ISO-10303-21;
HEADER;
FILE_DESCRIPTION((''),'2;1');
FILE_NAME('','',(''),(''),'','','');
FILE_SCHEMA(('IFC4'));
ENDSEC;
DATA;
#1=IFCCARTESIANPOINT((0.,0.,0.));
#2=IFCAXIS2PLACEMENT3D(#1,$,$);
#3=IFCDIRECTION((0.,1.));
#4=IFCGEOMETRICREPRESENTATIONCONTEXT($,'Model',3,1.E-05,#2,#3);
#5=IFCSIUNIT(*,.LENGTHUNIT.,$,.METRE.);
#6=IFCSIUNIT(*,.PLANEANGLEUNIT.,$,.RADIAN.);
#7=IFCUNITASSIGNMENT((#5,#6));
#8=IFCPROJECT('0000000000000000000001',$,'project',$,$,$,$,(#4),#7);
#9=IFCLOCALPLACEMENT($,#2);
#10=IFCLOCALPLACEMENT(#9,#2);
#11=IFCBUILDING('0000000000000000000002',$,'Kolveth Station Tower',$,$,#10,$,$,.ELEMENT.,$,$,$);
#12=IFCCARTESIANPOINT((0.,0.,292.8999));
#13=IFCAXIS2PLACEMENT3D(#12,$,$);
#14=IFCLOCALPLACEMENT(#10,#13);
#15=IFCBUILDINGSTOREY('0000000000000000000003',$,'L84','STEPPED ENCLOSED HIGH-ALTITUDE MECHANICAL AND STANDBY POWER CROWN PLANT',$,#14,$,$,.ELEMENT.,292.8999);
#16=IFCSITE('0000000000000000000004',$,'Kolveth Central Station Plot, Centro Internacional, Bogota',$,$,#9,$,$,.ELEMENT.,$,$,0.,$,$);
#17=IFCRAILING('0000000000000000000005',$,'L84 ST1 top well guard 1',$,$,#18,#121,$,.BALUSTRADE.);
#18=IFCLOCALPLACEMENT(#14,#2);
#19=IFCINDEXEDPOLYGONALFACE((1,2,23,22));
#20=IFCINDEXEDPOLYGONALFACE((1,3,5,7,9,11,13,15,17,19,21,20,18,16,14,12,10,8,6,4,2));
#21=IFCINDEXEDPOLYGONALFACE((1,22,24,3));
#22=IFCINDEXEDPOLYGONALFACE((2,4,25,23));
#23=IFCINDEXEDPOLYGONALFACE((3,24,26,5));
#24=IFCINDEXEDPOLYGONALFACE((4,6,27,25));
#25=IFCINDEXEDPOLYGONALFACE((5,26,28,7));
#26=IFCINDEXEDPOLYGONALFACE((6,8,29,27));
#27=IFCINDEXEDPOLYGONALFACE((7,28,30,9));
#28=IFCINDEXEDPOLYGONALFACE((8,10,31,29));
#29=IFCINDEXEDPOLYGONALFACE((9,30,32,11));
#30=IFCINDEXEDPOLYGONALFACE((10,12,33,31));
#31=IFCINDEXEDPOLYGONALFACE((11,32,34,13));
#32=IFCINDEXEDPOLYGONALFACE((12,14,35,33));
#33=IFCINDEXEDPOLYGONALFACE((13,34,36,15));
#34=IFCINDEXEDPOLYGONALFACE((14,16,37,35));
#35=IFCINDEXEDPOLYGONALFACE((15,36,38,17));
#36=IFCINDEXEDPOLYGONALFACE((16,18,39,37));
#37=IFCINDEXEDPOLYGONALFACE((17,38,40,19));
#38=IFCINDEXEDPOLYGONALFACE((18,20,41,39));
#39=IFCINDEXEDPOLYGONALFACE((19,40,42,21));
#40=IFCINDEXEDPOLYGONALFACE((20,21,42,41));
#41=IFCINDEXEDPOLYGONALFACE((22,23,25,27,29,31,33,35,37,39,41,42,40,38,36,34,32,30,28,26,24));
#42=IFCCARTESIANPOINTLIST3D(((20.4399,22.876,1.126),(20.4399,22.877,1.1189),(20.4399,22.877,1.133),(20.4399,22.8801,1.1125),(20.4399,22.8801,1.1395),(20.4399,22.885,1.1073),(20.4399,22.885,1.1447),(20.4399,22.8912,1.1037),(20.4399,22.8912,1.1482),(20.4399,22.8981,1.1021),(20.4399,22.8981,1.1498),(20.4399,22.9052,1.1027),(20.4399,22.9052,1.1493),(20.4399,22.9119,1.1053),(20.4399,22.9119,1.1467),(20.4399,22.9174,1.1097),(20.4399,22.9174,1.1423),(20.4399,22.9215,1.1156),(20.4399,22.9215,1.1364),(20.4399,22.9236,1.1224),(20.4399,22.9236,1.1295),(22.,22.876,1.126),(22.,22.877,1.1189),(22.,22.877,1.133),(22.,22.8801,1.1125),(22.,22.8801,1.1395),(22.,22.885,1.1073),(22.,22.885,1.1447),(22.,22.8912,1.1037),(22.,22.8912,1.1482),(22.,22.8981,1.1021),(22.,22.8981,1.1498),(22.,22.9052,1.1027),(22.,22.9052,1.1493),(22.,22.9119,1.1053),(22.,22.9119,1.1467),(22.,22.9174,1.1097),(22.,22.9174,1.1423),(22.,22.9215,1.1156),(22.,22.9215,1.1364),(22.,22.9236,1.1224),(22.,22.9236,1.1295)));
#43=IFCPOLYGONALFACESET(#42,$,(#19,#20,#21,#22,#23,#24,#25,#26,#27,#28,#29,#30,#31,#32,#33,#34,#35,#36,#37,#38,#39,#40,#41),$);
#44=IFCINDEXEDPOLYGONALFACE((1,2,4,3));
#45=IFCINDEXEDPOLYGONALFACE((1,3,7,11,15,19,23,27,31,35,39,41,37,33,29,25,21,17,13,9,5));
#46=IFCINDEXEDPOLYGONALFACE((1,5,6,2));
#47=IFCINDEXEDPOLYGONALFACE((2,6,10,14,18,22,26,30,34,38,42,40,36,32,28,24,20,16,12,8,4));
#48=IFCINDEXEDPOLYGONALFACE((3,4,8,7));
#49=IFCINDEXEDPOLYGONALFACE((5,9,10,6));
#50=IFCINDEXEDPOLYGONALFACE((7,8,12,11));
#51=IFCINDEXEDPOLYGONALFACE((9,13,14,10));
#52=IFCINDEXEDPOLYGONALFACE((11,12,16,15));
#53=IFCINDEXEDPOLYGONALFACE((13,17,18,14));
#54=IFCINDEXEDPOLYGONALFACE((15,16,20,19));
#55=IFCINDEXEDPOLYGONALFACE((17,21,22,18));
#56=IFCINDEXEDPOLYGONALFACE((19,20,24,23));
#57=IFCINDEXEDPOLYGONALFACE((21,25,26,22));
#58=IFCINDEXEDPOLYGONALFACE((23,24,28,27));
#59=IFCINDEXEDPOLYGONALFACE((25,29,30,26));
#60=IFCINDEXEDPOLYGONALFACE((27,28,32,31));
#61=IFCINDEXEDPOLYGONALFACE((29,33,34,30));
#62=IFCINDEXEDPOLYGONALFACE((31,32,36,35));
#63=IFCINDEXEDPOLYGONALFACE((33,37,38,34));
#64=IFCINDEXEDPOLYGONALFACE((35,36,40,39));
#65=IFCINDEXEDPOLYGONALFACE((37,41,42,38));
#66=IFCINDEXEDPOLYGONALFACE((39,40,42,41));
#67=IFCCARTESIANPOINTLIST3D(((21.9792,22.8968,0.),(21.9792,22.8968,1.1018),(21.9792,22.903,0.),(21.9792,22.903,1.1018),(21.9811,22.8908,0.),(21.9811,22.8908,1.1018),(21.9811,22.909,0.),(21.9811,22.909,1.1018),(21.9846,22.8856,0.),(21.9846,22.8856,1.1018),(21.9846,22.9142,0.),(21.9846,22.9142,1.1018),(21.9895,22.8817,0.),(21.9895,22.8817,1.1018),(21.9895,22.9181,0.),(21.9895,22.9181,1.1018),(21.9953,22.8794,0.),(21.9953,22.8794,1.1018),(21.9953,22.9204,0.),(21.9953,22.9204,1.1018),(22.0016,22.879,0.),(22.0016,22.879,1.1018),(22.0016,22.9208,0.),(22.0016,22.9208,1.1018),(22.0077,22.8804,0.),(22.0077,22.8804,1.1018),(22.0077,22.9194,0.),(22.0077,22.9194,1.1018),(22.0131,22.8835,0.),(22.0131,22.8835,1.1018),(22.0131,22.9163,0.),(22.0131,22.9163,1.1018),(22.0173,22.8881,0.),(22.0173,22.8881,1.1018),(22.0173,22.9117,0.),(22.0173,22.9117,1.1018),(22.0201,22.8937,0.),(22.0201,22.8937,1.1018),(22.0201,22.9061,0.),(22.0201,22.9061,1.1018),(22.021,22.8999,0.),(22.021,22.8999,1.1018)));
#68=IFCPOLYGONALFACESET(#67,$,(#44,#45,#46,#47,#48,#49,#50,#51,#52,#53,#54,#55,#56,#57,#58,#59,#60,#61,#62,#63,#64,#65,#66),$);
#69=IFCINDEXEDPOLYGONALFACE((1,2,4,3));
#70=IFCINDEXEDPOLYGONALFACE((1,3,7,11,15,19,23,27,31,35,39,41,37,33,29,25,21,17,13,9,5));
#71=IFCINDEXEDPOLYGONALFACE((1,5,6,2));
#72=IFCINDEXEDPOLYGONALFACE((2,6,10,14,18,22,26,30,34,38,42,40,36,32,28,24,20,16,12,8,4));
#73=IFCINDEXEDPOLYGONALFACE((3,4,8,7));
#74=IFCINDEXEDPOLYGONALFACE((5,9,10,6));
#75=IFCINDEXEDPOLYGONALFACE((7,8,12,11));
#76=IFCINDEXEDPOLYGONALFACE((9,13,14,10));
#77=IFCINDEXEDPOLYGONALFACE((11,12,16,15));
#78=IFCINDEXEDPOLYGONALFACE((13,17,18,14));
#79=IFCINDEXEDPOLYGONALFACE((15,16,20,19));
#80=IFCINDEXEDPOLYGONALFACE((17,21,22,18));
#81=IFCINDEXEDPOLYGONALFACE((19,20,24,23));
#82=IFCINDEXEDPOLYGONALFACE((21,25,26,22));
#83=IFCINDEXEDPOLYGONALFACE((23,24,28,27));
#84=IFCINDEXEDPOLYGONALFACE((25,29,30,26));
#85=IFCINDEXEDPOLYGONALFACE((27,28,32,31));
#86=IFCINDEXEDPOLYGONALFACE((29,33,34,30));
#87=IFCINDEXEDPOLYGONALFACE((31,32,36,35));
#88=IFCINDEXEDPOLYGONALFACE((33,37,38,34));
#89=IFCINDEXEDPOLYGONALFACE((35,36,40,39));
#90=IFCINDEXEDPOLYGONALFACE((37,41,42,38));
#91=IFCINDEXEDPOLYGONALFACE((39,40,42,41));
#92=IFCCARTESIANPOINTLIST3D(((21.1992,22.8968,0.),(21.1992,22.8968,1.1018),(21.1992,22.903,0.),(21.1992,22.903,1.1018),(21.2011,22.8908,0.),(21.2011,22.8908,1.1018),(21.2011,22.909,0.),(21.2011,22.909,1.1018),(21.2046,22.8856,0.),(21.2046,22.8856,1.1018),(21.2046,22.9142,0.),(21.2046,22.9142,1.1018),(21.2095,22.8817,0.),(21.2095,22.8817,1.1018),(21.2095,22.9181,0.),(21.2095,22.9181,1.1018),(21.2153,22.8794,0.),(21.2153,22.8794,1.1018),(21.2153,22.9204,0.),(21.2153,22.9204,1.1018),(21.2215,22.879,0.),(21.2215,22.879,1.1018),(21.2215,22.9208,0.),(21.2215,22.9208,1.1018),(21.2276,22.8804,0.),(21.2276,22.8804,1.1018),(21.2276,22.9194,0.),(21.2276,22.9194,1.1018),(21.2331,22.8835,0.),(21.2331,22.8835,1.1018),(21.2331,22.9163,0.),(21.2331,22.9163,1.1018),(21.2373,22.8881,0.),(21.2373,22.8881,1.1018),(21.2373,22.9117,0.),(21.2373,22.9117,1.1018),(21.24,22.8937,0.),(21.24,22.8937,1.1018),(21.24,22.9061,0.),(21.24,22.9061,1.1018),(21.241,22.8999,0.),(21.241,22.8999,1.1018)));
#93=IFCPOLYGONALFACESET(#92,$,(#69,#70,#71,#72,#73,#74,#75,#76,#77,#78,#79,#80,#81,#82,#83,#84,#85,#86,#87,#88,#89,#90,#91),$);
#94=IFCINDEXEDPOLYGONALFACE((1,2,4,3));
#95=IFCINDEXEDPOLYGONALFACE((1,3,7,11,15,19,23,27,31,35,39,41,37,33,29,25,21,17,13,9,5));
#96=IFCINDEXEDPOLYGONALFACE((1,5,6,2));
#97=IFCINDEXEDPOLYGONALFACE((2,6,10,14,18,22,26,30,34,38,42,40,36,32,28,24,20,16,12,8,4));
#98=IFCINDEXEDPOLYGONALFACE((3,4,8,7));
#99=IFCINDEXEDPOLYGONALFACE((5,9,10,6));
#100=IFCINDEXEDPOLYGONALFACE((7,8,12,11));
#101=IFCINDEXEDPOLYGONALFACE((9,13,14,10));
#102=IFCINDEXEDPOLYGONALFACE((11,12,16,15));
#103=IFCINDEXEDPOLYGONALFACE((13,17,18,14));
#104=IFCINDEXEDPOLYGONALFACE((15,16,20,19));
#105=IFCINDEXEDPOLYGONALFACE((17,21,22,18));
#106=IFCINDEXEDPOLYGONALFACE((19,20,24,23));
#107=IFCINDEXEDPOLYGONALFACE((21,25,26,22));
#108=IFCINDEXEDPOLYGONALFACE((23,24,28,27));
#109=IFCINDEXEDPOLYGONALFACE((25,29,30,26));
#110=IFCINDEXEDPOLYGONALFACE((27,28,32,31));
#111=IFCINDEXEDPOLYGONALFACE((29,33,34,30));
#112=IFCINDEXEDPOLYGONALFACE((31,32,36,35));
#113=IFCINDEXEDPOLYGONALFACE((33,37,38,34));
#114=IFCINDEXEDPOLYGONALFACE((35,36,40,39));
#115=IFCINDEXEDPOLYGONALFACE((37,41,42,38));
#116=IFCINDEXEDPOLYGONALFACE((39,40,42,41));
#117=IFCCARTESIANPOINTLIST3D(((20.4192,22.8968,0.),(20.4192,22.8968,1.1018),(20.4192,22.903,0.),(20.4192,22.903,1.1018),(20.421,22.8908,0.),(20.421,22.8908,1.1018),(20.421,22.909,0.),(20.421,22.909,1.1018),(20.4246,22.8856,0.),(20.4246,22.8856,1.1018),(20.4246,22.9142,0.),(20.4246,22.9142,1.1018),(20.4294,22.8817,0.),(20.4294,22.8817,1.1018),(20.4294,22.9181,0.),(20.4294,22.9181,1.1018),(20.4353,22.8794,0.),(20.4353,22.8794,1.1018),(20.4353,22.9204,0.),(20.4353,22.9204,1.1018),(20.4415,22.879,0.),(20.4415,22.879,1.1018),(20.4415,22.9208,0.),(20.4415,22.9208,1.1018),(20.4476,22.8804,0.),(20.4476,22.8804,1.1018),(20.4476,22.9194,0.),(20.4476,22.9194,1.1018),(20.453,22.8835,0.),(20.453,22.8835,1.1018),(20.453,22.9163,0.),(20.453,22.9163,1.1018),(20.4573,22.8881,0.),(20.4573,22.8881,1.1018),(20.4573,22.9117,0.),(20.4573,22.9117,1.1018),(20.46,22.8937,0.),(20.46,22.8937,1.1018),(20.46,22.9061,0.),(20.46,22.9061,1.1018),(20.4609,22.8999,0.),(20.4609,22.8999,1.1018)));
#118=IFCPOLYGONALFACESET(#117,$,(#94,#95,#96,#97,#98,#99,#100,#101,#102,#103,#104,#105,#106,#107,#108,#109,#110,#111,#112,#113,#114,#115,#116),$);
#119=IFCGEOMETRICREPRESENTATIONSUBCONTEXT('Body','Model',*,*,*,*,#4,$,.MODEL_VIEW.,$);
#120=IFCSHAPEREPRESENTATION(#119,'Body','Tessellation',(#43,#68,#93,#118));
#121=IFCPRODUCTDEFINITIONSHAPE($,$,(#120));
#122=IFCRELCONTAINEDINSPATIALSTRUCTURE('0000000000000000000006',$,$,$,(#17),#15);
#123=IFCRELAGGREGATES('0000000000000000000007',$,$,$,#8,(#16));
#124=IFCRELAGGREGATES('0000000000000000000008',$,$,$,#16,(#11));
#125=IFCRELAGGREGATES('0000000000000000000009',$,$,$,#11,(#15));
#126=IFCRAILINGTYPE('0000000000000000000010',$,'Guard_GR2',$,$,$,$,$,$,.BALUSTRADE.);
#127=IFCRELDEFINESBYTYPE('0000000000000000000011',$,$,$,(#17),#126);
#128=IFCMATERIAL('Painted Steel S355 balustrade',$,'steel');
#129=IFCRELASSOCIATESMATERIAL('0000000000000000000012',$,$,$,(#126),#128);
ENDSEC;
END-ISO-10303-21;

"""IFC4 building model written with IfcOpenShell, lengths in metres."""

from ifc_helpers import new_model, si_unit, direction, frame, origin, origin_2d, place, context, subcontext, project, spatial, circle, extrude, material, type_object, element, save


model = new_model("IFC4")

# Units and contexts
model_context = context("Model", 3, precision=1e-05, world=origin(), true_north=direction((0.0, 1.0)))
body_context = subcontext(model_context, "Body", "Model", "MODEL_VIEW")
ifc_project = project(units=[si_unit("LENGTHUNIT", "METRE"), si_unit("PLANEANGLEUNIT", "RADIAN")], contexts=[model_context])

# Site, building, storey
site_placement = place(None, origin())
site = spatial("IfcSite", under=ifc_project, at=site_placement, Name="Kolveth Central Station Plot, Centro Internacional, Bogota", CompositionType="ELEMENT", RefElevation=0.0)
building_placement = place(site_placement, origin())
building = spatial("IfcBuilding", under=site, at=building_placement, Name="Kolveth Station Tower", CompositionType="ELEMENT")
storey_placement = place(building_placement, frame((0.0, 0.0, 292.8999)))
storey = spatial("IfcBuildingStorey", under=building, at=storey_placement, Name="L84", Description="STEPPED ENCLOSED HIGH-ALTITUDE MECHANICAL AND STANDBY POWER CROWN PLANT", CompositionType="ELEMENT", Elevation=292.8999)

# Railing
ifc_material_1 = material(Name="Painted Steel S355 balustrade", Category="steel")
railing_type = type_object("IfcRailingType", Name="Guard_GR2", PredefinedType="BALUSTRADE", material=ifc_material_1)
railing_placement = place(storey_placement, frame((22.0, 22.8999, 0.0)))
element("IfcRailing", 1, at=railing_placement, inside=storey, type_object=railing_type, Name="L84 ST1 top well guard 1", PredefinedType="BALUSTRADE", context=body_context, shape_type="SweptSolid", body=[
    extrude(circle(Radius=0.0239, at=origin_2d()), frame((0.0, 0.0, 1.126), z_axis=(-1.0, 0.0, 0.0), x_axis=(0.0, -1.0, 0.0)), (0.0, 0.0, 1.0), 1.5601),
    extrude(circle(Radius=0.021, at=origin_2d()), origin(), (0.0, 0.0, 1.0), 1.1018),
    extrude(circle(Radius=0.021, at=origin_2d()), frame((-0.78, 0.0, 0.0)), (0.0, 0.0, 1.0), 1.1018),
    extrude(circle(Radius=0.021, at=origin_2d()), frame((-1.5601, 0.0, 0.0)), (0.0, 0.0, 1.0), 1.1018),
])

save(model, "model.ifc")
